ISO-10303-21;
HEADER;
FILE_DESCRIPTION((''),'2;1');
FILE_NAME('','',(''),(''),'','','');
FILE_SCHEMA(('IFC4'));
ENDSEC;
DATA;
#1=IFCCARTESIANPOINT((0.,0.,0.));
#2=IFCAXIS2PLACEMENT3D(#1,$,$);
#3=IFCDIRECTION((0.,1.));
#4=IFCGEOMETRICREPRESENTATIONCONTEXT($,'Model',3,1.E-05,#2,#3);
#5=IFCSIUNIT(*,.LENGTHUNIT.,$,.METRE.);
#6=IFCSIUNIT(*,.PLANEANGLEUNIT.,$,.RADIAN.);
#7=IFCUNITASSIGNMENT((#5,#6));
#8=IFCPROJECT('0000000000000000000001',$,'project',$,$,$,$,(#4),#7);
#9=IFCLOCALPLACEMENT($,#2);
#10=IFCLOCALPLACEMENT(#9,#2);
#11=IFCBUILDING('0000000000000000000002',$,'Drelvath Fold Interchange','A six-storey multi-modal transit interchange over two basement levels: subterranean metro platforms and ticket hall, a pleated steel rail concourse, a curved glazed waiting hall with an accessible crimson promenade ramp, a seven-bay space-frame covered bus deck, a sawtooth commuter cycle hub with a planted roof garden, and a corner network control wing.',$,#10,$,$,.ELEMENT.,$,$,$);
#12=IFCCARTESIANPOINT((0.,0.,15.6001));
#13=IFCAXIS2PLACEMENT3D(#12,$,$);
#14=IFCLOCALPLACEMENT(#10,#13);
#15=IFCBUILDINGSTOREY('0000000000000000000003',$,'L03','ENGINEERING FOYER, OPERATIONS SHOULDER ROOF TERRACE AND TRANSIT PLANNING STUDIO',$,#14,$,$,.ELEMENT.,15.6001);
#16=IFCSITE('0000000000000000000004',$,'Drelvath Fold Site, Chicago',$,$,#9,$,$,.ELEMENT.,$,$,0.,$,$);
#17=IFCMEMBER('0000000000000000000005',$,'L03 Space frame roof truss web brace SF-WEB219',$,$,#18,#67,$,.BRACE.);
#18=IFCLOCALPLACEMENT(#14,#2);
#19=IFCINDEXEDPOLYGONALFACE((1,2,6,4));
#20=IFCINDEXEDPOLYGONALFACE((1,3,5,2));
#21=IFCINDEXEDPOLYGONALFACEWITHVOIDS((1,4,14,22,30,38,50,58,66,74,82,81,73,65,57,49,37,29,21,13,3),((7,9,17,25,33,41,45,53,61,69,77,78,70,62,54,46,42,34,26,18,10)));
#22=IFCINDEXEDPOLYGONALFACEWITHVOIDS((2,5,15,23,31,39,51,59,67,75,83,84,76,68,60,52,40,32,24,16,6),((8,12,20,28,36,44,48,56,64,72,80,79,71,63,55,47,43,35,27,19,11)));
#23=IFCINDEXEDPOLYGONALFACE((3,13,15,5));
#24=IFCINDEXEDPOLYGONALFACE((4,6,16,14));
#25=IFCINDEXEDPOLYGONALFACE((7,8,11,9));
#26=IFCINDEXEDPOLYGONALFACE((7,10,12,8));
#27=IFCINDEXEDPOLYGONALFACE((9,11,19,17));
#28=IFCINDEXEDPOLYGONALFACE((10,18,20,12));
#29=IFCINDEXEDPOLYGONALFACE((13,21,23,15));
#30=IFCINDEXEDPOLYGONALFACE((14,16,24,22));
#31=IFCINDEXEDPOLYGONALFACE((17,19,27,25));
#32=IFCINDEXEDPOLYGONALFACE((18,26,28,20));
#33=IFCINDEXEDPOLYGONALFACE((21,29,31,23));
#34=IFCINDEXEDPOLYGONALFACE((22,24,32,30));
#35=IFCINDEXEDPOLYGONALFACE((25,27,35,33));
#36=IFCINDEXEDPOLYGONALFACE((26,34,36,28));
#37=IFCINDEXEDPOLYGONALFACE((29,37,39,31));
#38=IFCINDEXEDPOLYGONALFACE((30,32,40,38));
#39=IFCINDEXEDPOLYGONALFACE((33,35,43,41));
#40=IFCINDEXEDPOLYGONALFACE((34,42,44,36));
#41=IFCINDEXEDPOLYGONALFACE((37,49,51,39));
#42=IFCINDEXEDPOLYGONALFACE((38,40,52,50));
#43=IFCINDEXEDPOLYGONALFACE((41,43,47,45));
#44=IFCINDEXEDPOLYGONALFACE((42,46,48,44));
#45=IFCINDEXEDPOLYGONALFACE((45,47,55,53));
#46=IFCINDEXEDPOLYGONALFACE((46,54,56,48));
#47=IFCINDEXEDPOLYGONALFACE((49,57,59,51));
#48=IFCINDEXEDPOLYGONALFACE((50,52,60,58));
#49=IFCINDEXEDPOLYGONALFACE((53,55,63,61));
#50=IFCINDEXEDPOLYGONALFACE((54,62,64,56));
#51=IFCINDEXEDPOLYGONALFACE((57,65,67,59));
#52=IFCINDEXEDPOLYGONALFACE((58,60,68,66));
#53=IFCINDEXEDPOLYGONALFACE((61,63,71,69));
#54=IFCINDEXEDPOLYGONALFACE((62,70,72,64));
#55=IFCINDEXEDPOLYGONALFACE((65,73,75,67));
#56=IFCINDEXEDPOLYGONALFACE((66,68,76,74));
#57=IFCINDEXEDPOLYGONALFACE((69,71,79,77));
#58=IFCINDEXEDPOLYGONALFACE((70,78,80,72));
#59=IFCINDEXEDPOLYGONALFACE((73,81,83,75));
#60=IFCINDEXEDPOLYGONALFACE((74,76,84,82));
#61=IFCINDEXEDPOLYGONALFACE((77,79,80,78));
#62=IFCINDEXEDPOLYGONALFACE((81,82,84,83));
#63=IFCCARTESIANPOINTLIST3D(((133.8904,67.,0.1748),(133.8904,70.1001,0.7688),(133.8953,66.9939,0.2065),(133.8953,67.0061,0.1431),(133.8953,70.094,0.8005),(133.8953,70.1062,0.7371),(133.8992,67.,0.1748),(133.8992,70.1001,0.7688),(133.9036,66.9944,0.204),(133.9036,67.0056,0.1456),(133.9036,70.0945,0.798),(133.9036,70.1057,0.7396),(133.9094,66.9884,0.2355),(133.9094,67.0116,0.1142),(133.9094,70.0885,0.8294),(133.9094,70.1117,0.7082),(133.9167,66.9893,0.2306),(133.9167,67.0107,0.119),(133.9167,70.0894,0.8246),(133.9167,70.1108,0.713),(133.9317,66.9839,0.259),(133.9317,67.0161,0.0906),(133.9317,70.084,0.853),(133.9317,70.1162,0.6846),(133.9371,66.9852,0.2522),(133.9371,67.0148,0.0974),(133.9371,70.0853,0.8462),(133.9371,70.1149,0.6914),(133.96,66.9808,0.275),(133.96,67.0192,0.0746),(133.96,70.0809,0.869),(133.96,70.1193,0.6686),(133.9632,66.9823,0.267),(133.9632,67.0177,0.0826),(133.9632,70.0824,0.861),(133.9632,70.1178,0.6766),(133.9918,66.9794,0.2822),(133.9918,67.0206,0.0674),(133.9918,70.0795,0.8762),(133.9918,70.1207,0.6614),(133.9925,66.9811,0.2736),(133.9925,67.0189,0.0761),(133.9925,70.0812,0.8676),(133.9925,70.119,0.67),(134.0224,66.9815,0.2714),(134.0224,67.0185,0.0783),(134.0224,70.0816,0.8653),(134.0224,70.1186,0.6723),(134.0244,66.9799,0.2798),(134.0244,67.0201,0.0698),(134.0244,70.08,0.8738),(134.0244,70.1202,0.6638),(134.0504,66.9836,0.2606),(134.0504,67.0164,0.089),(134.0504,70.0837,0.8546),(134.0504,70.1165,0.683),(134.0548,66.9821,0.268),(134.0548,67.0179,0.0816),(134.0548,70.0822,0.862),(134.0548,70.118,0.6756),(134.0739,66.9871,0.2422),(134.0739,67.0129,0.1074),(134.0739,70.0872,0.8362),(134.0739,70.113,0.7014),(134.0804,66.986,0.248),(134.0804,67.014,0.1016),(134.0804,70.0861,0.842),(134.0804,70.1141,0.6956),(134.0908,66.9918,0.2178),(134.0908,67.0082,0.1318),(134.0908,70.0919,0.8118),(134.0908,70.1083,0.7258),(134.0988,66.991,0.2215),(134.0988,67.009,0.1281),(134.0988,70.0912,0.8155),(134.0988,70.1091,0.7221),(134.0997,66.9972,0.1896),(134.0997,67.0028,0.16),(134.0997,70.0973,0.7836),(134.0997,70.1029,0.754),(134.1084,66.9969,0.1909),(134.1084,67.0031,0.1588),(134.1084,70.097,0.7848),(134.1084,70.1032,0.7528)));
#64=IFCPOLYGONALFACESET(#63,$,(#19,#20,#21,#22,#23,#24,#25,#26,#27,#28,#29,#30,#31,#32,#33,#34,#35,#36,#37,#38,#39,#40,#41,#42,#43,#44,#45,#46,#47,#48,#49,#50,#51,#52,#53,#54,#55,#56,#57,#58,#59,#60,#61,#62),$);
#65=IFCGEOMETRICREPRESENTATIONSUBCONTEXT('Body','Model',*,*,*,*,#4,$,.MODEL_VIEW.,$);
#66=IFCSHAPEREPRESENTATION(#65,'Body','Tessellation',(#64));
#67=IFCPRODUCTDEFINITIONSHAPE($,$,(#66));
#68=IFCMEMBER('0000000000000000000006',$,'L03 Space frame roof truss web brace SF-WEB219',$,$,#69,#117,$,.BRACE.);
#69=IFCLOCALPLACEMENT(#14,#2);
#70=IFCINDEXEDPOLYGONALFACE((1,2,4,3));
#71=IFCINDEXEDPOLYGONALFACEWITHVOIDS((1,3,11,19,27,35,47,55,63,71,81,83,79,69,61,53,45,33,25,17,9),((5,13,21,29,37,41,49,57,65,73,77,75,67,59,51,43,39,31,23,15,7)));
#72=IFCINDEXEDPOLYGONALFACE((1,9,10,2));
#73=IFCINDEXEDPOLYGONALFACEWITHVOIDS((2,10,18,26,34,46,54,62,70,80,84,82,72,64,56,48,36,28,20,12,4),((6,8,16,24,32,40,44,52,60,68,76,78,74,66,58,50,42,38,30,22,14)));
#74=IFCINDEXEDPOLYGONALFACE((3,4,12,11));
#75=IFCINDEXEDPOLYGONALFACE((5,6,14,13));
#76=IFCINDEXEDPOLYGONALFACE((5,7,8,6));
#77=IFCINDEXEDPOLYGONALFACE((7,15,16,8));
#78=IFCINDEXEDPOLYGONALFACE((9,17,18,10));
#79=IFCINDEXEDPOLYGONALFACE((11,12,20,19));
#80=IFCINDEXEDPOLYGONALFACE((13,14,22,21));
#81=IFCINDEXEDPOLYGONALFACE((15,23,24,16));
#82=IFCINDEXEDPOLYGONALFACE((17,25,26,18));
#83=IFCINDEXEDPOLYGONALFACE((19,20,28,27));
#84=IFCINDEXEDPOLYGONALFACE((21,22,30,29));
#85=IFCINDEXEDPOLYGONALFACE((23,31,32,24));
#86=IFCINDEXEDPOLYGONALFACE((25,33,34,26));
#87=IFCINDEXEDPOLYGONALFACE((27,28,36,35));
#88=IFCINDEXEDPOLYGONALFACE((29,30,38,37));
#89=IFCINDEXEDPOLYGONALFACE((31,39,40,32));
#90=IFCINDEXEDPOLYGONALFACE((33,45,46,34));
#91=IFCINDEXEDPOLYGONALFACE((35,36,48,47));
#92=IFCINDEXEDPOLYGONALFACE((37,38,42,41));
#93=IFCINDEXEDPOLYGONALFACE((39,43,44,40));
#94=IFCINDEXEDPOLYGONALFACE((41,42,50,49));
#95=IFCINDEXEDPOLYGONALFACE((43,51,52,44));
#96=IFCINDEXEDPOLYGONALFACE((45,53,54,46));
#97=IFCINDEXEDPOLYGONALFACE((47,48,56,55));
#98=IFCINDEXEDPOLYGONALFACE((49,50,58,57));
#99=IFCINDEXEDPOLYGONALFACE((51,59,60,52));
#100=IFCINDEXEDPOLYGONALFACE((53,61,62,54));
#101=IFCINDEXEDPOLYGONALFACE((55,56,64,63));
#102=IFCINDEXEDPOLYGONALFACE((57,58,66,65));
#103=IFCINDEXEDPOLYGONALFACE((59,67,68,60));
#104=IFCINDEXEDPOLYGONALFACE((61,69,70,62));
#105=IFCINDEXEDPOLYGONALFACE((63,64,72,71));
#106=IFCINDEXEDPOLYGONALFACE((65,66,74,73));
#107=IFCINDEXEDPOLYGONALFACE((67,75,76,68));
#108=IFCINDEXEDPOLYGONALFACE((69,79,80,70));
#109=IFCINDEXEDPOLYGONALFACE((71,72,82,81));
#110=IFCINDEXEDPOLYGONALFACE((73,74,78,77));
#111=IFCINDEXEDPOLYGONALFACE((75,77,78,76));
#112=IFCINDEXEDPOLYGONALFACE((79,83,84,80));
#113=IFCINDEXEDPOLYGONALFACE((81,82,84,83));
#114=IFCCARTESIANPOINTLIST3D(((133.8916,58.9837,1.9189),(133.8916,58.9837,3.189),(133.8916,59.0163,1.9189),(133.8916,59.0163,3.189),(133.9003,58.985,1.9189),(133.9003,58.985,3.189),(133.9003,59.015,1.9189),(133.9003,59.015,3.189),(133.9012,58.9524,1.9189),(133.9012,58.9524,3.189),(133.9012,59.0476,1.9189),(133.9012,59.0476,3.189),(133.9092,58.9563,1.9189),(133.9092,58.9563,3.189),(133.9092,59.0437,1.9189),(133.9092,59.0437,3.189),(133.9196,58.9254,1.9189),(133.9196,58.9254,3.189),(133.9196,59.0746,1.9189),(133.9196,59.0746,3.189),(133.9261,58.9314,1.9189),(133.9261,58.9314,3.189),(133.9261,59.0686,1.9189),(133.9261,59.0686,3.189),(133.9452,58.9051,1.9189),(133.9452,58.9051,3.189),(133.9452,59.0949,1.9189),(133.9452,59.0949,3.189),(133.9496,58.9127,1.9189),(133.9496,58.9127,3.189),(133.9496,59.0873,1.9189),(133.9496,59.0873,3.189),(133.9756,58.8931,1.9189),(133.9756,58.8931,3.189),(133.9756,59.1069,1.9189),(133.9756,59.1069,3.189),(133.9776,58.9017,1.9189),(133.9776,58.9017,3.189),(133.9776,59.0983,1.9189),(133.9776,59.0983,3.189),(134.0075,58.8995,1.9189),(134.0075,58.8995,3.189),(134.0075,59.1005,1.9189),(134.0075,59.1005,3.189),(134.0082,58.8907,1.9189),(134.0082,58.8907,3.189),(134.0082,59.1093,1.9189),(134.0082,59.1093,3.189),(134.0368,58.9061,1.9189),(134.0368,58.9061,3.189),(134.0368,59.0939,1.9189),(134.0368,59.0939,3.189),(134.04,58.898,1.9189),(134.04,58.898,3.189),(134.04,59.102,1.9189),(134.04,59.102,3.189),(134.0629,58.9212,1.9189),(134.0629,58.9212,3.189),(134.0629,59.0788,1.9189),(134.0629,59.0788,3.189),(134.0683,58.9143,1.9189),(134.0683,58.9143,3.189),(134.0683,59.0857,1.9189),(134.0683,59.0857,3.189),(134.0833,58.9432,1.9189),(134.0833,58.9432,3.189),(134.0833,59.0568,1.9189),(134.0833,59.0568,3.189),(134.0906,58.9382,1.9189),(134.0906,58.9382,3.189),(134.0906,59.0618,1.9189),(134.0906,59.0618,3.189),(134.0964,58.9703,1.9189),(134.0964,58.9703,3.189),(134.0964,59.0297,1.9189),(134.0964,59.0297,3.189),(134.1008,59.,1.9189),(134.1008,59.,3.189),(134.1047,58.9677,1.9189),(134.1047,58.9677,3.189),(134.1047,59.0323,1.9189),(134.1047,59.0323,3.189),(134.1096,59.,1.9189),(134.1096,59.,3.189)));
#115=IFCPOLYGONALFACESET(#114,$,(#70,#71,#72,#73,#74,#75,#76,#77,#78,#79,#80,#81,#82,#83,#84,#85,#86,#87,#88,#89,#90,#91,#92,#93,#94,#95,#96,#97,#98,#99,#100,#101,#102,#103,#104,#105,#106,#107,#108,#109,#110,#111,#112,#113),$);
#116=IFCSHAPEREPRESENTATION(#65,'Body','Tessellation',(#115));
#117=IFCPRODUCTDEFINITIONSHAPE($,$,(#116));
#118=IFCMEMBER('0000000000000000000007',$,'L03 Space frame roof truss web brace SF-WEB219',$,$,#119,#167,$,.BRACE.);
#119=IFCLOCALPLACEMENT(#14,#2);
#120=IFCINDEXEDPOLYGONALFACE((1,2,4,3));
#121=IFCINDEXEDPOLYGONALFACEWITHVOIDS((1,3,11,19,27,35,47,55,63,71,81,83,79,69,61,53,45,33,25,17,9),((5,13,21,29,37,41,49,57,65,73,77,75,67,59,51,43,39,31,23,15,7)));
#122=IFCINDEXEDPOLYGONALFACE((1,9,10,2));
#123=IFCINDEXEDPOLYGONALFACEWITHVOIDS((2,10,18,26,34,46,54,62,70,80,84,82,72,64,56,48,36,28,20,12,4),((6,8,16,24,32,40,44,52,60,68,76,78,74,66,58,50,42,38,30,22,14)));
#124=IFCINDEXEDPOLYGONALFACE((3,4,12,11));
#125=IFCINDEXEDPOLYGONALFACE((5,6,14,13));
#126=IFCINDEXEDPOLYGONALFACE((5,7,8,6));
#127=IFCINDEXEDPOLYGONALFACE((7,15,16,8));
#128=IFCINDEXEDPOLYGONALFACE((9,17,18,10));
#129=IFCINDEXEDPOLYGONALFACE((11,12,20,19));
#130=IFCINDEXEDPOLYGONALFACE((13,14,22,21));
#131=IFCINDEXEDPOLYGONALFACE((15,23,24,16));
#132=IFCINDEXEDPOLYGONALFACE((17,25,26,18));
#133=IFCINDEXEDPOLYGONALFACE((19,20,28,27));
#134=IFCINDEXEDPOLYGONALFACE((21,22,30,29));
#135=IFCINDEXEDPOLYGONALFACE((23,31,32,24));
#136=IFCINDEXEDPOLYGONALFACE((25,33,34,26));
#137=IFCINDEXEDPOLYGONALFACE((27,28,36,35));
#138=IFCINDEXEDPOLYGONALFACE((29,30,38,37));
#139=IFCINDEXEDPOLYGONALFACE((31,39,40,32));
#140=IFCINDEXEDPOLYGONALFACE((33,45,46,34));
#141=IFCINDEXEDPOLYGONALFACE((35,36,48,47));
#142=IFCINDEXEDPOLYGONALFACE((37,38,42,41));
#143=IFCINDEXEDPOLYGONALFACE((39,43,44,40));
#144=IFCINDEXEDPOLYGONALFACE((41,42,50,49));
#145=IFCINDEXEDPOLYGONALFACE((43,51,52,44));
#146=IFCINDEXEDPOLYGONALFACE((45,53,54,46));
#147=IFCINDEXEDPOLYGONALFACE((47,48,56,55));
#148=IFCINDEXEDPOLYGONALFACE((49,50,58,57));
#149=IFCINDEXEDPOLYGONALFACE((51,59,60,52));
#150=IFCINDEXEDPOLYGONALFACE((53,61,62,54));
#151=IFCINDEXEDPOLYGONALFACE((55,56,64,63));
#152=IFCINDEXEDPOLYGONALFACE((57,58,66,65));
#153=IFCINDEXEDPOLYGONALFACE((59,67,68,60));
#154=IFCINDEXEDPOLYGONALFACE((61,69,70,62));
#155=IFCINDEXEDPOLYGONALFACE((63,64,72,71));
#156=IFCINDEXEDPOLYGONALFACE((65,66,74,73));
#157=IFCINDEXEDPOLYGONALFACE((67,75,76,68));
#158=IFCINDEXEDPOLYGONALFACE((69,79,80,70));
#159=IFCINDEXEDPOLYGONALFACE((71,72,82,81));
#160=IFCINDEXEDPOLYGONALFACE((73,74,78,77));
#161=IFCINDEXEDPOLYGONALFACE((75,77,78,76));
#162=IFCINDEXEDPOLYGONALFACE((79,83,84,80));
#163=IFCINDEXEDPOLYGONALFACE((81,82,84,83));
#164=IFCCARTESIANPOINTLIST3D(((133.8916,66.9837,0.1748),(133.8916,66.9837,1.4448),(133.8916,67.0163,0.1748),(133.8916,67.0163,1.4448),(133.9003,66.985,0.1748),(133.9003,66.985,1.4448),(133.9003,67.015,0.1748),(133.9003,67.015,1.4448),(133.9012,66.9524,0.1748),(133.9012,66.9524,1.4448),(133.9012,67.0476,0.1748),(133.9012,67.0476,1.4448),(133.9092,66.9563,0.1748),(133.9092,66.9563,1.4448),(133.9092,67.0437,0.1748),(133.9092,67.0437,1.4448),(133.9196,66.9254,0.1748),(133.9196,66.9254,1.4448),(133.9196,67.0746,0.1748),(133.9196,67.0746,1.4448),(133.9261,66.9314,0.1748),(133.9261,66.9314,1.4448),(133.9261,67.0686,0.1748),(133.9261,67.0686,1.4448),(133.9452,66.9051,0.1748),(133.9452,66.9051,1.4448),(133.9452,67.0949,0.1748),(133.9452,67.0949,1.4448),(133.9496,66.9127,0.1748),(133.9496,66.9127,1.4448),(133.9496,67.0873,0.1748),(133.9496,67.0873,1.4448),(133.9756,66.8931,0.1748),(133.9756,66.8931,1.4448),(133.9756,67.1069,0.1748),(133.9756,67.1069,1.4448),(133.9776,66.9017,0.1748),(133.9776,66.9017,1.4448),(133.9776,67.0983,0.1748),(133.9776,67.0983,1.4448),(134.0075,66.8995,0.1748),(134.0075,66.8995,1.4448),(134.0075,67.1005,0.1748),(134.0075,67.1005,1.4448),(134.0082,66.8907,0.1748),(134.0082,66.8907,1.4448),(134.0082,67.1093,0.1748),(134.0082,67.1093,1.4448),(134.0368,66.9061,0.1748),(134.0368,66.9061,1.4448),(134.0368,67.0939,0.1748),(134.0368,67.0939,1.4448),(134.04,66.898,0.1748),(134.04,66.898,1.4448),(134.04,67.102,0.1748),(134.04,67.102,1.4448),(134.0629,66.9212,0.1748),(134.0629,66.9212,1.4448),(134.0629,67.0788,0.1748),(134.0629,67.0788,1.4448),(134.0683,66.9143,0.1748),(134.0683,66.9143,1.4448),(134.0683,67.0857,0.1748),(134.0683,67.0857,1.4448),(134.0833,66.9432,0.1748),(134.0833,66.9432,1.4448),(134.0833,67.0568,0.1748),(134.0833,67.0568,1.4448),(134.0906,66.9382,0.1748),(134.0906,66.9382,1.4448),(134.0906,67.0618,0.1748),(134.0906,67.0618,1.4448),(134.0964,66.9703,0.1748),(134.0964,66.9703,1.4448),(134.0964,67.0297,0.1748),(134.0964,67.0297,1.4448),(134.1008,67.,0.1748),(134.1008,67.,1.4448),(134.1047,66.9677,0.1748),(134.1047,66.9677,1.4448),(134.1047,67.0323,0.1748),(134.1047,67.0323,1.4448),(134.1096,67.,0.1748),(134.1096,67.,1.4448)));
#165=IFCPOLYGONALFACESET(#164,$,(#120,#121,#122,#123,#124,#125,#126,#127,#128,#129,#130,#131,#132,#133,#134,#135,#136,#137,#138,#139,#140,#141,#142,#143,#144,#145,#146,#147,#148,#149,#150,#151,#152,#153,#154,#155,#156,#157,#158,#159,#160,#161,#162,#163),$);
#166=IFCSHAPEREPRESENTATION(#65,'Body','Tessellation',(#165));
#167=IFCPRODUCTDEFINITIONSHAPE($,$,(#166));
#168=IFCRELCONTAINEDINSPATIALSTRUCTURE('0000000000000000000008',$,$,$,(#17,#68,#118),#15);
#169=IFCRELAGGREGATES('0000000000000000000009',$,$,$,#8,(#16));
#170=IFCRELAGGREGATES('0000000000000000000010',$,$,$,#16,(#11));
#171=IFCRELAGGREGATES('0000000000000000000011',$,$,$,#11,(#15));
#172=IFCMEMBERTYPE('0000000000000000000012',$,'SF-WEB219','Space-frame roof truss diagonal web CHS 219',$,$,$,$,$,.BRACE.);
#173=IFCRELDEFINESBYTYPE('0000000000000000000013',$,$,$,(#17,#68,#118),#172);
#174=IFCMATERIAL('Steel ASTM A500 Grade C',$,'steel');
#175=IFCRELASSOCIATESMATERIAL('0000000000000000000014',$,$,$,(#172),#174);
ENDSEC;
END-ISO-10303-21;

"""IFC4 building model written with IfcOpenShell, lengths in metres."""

from ifc_helpers import new_model, si_unit, direction, frame, origin, origin_2d, place, context, subcontext, project, spatial, hollow_circle, extrude, material, material_profile, profile_set, type_object, element, save


model = new_model("IFC4")

# Units and contexts
model_context = context("Model", 3, precision=1e-05, world=origin(), true_north=direction((0.0, 1.0)))
body_context = subcontext(model_context, "Body", "Model", "MODEL_VIEW")
ifc_project = project(units=[si_unit("LENGTHUNIT", "METRE"), si_unit("PLANEANGLEUNIT", "RADIAN")], contexts=[model_context])

# Site, building, storey
site_placement = place(None, origin())
site = spatial("IfcSite", under=ifc_project, at=site_placement, Name="Drelvath Fold Site, Chicago", CompositionType="ELEMENT", RefElevation=0.0)
building_placement = place(site_placement, origin())
building = spatial("IfcBuilding", under=site, at=building_placement, Name="Drelvath Fold Interchange", Description="A six-storey multi-modal transit interchange over two basement levels: subterranean metro platforms and ticket hall, a pleated steel rail concourse, a curved glazed waiting hall with an accessible crimson promenade ramp, a seven-bay space-frame covered bus deck, a sawtooth commuter cycle hub with a planted roof garden, and a corner network control wing.", CompositionType="ELEMENT")
storey_placement = place(building_placement, frame((0.0, 0.0, 15.6001)))
storey = spatial("IfcBuildingStorey", under=building, at=storey_placement, Name="L03", Description="ENGINEERING FOYER, OPERATIONS SHOULDER ROOF TERRACE AND TRANSIT PLANNING STUDIO", CompositionType="ELEMENT", Elevation=15.6001)

# Shared definitions
ifc_material_1 = material(Name="Steel ASTM A500 Grade C", Category="steel")

# Members
ifc_material_profile_1 = material_profile(ifc_material_1, hollow_circle(Radius=0.1096, WallThickness=0.0088, at=origin_2d()), Name="HSS8.625X0.375")
ifc_profile_set_1 = profile_set([ifc_material_profile_1], Name="Steel ASTM A500 Grade C")
member_type_1 = type_object("IfcMemberType", Name="SF-WEB219", Description="Space-frame roof truss diagonal web CHS 219", PredefinedType="BRACE", material=ifc_profile_set_1)
member_1_placement = place(storey_placement, frame((134.0, 67.0, 0.1748), z_axis=(0.0, 0.982134, 0.188182), x_axis=(-1.0, 0.0, 0.0)))
element("IfcMember", 1, at=member_1_placement, inside=storey, type_object=member_type_1, Name="L03 Space frame roof truss web brace SF-WEB219", PredefinedType="BRACE", context=body_context, shape_type="SweptSolid", body=[
    extrude(hollow_circle(Radius=0.1096, WallThickness=0.0088, at=origin_2d()), origin(), (0.0, 0.0, 1.0), 3.1565),
])
for number, where, z_axis, x_axis, name in (
    (2, (134.0, 59.0, 1.9189), (0.0, 0.0, 1.0), (1.0, 0.0, 0.0), "L03 Space frame roof truss web brace SF-WEB219"),
    (3, (134.0, 67.0, 0.1748), (0.0, 0.0, 1.0), (1.0, 0.0, 0.0), "L03 Space frame roof truss web brace SF-WEB219"),
):
    element("IfcMember", number, at=place(storey_placement, frame(where, z_axis=z_axis, x_axis=x_axis)), inside=storey, type_object=member_type_1, Name=name, PredefinedType="BRACE", context=body_context, shape_type="SweptSolid", body=[
        extrude(hollow_circle(Radius=0.1096, WallThickness=0.0088, at=origin_2d()), origin(), (0.0, 0.0, 1.0), 1.27),
    ])

save(model, "model.ifc")
